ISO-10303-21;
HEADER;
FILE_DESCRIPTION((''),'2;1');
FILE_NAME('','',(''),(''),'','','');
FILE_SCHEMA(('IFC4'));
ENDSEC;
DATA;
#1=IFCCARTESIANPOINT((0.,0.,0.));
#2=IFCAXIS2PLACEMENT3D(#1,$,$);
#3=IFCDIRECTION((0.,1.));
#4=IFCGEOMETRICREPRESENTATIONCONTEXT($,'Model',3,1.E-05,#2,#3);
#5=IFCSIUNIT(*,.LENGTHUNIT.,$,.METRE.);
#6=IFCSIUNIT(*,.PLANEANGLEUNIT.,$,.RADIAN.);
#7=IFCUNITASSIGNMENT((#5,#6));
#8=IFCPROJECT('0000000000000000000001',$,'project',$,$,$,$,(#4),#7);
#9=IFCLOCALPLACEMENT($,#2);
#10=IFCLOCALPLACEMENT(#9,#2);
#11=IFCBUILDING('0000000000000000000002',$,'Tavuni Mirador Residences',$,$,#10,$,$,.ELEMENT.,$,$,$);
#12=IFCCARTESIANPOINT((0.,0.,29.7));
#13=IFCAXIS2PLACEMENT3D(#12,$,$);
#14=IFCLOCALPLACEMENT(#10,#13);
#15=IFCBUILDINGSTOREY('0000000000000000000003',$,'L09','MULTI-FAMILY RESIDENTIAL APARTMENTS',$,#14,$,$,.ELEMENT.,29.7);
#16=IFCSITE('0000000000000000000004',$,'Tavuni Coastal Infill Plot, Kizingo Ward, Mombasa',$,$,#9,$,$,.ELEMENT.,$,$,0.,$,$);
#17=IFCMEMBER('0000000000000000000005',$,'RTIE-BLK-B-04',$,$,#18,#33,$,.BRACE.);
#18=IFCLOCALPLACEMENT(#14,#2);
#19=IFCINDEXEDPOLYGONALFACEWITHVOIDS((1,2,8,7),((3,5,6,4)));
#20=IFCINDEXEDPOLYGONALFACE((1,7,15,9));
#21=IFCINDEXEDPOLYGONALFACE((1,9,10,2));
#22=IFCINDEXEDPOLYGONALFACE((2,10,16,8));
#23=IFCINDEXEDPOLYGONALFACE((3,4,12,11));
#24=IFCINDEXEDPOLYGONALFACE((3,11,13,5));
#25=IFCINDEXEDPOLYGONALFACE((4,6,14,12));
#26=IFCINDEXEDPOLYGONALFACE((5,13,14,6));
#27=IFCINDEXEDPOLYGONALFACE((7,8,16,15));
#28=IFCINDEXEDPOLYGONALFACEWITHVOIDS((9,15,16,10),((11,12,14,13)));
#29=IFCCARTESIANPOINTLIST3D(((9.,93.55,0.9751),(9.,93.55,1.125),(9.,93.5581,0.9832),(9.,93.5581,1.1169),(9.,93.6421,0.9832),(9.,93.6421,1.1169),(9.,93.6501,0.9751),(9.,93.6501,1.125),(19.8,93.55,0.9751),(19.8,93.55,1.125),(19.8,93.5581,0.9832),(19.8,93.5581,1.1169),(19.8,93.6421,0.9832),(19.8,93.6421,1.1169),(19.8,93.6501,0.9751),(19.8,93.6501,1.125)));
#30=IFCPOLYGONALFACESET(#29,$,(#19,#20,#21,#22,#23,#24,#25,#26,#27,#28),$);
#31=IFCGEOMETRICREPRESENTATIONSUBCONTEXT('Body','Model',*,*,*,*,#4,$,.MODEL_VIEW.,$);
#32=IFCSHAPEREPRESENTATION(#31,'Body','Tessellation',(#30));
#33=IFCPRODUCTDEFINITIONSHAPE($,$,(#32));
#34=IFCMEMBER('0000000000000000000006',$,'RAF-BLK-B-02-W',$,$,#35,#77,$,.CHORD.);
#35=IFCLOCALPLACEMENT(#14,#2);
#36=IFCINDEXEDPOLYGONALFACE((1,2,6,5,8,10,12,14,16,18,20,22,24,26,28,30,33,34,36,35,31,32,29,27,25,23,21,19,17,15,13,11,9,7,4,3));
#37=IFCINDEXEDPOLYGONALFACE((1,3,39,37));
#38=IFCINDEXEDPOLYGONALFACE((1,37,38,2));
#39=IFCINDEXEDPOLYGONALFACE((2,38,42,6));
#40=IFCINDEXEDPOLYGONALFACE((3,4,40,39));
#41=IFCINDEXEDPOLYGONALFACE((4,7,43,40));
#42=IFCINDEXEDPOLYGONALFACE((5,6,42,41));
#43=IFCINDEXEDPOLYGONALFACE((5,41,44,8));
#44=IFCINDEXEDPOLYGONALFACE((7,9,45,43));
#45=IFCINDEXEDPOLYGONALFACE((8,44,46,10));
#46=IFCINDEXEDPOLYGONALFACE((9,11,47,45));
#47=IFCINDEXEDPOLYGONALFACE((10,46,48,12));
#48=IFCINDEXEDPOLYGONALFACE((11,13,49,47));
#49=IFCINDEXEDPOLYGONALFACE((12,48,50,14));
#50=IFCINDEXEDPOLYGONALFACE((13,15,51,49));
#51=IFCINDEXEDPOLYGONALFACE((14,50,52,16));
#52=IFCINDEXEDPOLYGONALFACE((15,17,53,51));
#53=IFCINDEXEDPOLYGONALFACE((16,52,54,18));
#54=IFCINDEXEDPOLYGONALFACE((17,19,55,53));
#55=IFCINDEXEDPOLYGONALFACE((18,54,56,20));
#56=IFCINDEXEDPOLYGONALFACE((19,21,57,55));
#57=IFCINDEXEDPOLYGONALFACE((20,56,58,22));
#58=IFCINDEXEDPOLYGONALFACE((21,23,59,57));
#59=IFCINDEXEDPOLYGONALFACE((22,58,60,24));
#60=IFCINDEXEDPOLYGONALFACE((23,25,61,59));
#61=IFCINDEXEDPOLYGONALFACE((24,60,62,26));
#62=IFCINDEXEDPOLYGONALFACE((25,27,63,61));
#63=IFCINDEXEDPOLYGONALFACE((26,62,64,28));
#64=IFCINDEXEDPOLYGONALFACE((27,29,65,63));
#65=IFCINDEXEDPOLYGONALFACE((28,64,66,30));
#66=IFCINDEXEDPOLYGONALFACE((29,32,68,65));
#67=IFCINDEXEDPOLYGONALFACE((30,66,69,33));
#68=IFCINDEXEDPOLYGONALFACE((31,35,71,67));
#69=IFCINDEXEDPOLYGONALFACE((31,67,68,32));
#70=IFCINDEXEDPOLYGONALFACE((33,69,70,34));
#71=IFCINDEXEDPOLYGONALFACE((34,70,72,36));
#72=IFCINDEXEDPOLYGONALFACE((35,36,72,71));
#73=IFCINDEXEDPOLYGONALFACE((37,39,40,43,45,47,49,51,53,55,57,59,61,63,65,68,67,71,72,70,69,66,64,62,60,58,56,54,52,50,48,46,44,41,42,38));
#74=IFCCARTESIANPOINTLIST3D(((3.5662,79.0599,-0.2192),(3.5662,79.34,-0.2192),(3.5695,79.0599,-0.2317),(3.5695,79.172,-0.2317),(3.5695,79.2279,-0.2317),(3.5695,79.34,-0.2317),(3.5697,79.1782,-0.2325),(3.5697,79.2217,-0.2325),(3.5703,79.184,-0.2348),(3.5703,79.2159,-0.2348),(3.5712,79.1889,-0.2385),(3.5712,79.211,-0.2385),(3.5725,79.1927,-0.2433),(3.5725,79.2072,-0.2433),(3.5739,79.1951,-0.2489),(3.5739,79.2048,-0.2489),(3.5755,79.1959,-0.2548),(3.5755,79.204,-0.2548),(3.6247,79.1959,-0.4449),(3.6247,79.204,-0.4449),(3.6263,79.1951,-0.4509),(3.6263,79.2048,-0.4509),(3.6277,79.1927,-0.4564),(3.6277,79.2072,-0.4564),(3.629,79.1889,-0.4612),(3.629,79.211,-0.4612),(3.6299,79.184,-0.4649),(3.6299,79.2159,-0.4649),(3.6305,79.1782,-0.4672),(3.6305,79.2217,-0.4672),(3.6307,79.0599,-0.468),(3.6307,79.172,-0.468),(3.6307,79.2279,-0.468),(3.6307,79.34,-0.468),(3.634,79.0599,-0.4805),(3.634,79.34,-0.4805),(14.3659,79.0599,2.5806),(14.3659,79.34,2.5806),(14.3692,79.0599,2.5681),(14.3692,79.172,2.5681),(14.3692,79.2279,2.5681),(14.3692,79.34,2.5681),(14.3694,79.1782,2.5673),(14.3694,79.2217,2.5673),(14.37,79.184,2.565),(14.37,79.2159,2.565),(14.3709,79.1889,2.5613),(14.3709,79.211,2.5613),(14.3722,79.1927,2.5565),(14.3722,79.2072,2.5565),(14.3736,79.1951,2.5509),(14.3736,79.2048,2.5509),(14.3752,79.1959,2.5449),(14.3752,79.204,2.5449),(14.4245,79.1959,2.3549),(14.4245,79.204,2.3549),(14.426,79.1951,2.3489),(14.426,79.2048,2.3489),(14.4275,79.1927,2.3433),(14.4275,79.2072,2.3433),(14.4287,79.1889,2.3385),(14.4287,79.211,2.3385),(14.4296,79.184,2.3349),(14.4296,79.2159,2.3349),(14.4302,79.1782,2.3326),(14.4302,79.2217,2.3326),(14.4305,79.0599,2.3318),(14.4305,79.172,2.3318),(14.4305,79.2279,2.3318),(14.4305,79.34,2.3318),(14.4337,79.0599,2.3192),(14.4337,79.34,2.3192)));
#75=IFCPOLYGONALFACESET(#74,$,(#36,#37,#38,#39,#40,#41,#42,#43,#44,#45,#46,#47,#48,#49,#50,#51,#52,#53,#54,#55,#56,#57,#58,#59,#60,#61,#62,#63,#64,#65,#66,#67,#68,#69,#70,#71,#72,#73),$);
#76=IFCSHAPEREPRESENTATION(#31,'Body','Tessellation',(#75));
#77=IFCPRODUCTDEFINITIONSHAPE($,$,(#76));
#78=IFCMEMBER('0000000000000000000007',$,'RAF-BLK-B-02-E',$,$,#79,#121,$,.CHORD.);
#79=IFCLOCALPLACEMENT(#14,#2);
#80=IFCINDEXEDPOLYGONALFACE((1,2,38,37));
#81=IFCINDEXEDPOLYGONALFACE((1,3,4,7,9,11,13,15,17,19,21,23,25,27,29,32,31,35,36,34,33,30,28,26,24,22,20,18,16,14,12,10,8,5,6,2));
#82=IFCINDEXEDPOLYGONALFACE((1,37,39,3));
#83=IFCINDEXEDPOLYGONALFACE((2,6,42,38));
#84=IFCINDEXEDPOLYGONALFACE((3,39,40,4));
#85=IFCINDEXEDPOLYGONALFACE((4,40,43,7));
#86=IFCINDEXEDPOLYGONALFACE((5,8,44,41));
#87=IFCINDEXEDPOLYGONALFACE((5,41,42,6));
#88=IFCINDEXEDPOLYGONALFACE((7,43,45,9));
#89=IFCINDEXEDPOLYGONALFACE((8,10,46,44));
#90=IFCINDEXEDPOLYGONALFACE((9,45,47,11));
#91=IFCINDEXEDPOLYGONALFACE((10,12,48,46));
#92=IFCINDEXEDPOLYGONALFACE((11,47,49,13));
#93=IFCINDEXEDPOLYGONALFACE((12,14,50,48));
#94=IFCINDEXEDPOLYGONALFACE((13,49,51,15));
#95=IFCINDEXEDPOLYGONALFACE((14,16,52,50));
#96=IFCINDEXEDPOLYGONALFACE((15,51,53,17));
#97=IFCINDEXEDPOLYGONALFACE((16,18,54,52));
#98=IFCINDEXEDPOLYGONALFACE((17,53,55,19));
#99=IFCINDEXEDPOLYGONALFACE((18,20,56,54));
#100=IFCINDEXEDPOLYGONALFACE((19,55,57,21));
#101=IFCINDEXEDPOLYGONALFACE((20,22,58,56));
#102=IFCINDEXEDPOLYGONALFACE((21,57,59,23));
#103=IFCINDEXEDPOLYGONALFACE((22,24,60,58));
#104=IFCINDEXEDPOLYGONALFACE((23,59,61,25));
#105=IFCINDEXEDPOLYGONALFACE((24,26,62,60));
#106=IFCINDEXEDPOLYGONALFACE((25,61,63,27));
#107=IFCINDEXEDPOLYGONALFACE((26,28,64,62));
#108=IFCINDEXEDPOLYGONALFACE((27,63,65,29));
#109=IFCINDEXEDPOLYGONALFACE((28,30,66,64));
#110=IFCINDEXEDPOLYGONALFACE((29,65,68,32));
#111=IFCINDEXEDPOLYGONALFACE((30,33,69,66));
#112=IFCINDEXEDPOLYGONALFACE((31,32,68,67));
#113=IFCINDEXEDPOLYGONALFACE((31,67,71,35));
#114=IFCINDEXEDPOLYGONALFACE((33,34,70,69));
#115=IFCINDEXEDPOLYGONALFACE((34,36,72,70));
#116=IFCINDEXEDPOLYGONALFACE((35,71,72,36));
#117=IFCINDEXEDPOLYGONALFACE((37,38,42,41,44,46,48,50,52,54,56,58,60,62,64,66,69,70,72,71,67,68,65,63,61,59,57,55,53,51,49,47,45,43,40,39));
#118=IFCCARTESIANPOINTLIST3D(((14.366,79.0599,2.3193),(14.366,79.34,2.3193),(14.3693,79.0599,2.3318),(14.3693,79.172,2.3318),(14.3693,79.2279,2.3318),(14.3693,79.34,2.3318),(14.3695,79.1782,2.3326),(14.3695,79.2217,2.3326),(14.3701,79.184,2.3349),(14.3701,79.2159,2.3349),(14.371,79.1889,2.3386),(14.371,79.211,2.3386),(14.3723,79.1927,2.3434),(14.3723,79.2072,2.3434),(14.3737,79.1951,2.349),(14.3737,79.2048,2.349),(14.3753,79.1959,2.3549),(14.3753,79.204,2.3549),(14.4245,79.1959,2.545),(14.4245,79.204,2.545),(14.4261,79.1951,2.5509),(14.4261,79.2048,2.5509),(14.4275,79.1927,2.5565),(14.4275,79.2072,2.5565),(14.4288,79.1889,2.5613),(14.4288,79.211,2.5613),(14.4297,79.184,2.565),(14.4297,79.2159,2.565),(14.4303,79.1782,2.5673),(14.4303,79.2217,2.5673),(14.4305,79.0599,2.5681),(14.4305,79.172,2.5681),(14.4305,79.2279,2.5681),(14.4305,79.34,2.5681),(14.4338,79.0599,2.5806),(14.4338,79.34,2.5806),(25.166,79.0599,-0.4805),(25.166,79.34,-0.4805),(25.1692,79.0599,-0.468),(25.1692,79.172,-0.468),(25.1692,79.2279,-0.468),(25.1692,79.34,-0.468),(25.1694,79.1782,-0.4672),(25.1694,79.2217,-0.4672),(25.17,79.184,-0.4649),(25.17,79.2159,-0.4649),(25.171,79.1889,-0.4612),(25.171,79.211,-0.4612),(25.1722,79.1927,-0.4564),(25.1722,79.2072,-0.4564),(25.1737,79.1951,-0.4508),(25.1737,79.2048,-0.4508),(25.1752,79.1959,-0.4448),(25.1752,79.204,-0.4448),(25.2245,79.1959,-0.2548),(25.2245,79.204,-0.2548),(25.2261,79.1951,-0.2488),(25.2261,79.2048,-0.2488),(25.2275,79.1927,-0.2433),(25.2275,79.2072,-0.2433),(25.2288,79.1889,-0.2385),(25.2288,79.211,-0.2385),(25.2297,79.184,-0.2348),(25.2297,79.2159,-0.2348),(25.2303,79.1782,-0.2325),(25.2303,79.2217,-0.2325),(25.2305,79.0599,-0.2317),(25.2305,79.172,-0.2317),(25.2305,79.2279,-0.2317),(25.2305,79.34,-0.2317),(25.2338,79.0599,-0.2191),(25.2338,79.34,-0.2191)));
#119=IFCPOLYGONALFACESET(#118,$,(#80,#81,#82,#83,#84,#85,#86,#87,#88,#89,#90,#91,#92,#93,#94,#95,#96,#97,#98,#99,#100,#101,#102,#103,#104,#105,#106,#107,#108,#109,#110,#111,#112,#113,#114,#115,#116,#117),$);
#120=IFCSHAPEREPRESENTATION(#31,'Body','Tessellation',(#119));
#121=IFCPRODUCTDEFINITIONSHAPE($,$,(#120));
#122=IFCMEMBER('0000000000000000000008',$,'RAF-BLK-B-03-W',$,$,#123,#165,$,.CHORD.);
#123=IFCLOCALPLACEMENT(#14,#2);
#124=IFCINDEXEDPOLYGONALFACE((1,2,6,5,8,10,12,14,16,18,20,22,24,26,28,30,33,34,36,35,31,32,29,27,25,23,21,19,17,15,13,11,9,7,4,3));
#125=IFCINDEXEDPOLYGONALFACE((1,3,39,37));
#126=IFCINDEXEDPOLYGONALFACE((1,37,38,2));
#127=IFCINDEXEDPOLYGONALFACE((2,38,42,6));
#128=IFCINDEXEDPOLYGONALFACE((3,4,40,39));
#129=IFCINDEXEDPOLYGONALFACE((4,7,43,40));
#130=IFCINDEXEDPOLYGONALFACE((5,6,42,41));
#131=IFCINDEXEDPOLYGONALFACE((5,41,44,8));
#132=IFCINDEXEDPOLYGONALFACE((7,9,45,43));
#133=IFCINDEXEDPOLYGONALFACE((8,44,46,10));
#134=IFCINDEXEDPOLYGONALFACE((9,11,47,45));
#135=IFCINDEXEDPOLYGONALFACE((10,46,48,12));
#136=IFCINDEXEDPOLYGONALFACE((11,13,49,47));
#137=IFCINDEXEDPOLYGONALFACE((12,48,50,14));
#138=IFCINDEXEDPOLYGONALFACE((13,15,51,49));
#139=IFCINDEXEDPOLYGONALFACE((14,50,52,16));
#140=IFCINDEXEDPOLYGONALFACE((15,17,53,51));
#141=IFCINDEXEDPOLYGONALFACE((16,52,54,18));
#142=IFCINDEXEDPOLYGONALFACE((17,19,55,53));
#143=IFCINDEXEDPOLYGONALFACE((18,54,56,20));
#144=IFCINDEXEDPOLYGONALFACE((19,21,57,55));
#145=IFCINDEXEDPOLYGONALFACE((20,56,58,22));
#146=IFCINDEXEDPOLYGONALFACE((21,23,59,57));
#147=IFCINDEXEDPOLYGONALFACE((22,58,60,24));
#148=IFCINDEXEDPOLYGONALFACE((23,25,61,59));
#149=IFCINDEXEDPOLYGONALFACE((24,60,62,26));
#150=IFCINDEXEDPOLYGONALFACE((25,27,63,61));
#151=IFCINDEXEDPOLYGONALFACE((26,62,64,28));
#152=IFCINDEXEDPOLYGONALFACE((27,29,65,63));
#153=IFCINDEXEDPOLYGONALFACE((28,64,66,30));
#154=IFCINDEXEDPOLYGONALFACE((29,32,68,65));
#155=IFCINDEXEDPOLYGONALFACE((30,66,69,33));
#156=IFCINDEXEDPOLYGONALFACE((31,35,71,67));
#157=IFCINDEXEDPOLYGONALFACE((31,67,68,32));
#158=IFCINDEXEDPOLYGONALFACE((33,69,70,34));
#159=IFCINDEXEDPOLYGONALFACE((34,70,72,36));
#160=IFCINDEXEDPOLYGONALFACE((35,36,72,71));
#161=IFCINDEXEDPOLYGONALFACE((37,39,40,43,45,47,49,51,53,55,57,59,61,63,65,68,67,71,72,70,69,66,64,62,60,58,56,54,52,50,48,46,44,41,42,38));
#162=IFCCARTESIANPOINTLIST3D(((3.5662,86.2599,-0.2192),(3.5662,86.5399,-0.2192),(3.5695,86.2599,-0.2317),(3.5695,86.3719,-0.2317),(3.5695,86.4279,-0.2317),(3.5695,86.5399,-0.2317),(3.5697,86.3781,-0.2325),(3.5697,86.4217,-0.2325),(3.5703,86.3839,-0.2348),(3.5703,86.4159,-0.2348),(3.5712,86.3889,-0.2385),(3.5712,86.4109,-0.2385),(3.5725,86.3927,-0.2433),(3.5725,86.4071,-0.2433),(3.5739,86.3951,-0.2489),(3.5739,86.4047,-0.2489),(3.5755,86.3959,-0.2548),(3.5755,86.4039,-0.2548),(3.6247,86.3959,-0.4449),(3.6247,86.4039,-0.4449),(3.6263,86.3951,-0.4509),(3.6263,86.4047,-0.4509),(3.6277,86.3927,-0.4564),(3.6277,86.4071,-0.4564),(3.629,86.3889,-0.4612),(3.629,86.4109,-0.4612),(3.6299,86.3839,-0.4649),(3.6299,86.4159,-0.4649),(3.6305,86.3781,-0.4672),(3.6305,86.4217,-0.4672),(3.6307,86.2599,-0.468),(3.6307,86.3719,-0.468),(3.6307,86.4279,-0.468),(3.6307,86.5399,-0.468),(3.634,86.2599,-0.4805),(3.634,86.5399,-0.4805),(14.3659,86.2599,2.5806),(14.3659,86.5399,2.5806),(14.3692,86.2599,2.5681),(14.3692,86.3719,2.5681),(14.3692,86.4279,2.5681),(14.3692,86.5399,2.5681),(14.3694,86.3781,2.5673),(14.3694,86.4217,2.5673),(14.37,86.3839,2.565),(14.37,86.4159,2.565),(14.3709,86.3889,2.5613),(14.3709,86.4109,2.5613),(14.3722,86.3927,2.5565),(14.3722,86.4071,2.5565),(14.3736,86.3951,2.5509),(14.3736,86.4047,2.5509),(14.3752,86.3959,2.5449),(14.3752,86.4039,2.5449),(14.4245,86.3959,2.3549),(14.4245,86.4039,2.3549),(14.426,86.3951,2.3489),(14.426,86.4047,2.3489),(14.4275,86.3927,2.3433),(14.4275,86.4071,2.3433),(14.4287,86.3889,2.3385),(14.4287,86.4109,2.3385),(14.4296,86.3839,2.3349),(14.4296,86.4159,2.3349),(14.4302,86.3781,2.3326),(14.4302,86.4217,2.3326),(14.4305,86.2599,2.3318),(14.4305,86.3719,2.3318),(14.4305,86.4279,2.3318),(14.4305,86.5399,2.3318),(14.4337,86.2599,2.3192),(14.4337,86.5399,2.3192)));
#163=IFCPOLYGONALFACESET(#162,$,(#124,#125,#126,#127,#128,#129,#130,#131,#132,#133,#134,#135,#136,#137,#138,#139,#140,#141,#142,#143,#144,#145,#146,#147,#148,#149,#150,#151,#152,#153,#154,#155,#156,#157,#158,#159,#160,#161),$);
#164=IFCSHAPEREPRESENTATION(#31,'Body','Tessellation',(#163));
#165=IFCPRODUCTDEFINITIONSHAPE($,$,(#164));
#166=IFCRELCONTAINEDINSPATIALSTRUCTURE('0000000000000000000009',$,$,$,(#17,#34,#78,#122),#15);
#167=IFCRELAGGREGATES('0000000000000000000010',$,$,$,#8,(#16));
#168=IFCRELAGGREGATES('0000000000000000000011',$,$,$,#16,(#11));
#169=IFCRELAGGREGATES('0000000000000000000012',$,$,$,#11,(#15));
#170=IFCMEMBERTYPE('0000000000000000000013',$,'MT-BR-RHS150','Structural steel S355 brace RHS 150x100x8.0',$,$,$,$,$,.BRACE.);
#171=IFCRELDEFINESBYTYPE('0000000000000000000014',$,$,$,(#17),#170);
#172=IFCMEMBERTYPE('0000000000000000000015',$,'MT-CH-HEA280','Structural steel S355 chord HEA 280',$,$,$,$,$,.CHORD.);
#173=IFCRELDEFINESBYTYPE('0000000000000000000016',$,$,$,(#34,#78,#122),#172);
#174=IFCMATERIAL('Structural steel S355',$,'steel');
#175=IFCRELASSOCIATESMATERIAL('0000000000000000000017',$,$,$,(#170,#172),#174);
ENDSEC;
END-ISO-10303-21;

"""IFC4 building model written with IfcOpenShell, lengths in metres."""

from ifc_helpers import new_model, si_unit, direction, frame, origin, origin_2d, place, context, subcontext, project, spatial, hollow_rectangle, i_section, extrude, material, material_profile, profile_set, type_object, element, save


model = new_model("IFC4")

# Units and contexts
model_context = context("Model", 3, precision=1e-05, world=origin(), true_north=direction((0.0, 1.0)))
body_context = subcontext(model_context, "Body", "Model", "MODEL_VIEW")
ifc_project = project(units=[si_unit("LENGTHUNIT", "METRE"), si_unit("PLANEANGLEUNIT", "RADIAN")], contexts=[model_context])

# Site, building, storey
site_placement = place(None, origin())
site = spatial("IfcSite", under=ifc_project, at=site_placement, Name="Tavuni Coastal Infill Plot, Kizingo Ward, Mombasa", CompositionType="ELEMENT", RefElevation=0.0)
building_placement = place(site_placement, origin())
building = spatial("IfcBuilding", under=site, at=building_placement, Name="Tavuni Mirador Residences", CompositionType="ELEMENT")
storey_placement = place(building_placement, frame((0.0, 0.0, 29.7)))
storey = spatial("IfcBuildingStorey", under=building, at=storey_placement, Name="L09", Description="MULTI-FAMILY RESIDENTIAL APARTMENTS", CompositionType="ELEMENT", Elevation=29.7)

# Members
ifc_material_1 = material(Name="Structural steel S355", Category="steel")
ifc_material_profile_1 = material_profile(ifc_material_1, hollow_rectangle(XDim=0.1001, YDim=0.1499, WallThickness=0.0081, at=origin_2d()), Name="RHS 150x100x8.0", Category="steel")
ifc_profile_set_1 = profile_set([ifc_material_profile_1], Name="Structural steel S355")
member_type_1 = type_object("IfcMemberType", Name="MT-BR-RHS150", Description="Structural steel S355 brace RHS 150x100x8.0", PredefinedType="BRACE", material=ifc_profile_set_1)
for number, where, z_axis, x_axis, name in (
    (1, (9.0, 93.6001, 1.05), (1.0, 0.0, 0.0), (0.0, 1.0, 0.0), "RTIE-BLK-B-04"),
):
    element("IfcMember", number, at=place(storey_placement, frame(where, z_axis=z_axis, x_axis=x_axis)), inside=storey, type_object=member_type_1, Name=name, PredefinedType="BRACE", context=body_context, shape_type="SweptSolid", body=[
        extrude(hollow_rectangle(XDim=0.1001, YDim=0.1499, WallThickness=0.0081, at=origin_2d()), origin(), (0.0, 0.0, 1.0), 10.8),
    ])
ifc_material_profile_2 = material_profile(ifc_material_1, i_section(OverallWidth=0.28, OverallDepth=0.27, WebThickness=0.0081, FlangeThickness=0.0129, FilletRadius=0.0239, at=origin_2d()), Name="HEA 280", Category="steel")
ifc_profile_set_2 = profile_set([ifc_material_profile_2], Name="Structural steel S355")
member_type_2 = type_object("IfcMemberType", Name="MT-CH-HEA280", Description="Structural steel S355 chord HEA 280", PredefinedType="CHORD", material=ifc_profile_set_2)
member_1_placement = place(storey_placement, frame((3.6001, 79.2, -0.3499), z_axis=(0.968, 0.0, 0.25095), x_axis=(0.0, 1.0, 0.0)))
element("IfcMember", 2, at=member_1_placement, inside=storey, type_object=member_type_2, Name="RAF-BLK-B-02-W", PredefinedType="CHORD", context=body_context, shape_type="SweptSolid", body=[
    extrude(i_section(OverallWidth=0.28, OverallDepth=0.27, WebThickness=0.0081, FlangeThickness=0.0129, FilletRadius=0.0239, at=origin_2d()), origin(), (0.0, 0.0, 1.0), 11.1567),
])
member_2_placement = place(storey_placement, frame((14.3999, 79.2, 2.45), z_axis=(0.968001, 0.0, -0.250945), x_axis=(0.0, 1.0, 0.0)))
element("IfcMember", 3, at=member_2_placement, inside=storey, type_object=member_type_2, Name="RAF-BLK-B-02-E", PredefinedType="CHORD", context=body_context, shape_type="SweptSolid", body=[
    extrude(i_section(OverallWidth=0.28, OverallDepth=0.27, WebThickness=0.0081, FlangeThickness=0.0129, FilletRadius=0.0239, at=origin_2d()), origin(), (0.0, 0.0, 1.0), 11.157),
])
member_3_placement = place(storey_placement, frame((3.6001, 86.3999, -0.3499), z_axis=(0.968, 0.0, 0.25095), x_axis=(0.0, 1.0, 0.0)))
element("IfcMember", 4, at=member_3_placement, inside=storey, type_object=member_type_2, Name="RAF-BLK-B-03-W", PredefinedType="CHORD", context=body_context, shape_type="SweptSolid", body=[
    extrude(i_section(OverallWidth=0.28, OverallDepth=0.27, WebThickness=0.0081, FlangeThickness=0.0129, FilletRadius=0.0239, at=origin_2d()), origin(), (0.0, 0.0, 1.0), 11.1567),
])

save(model, "model.ifc")
